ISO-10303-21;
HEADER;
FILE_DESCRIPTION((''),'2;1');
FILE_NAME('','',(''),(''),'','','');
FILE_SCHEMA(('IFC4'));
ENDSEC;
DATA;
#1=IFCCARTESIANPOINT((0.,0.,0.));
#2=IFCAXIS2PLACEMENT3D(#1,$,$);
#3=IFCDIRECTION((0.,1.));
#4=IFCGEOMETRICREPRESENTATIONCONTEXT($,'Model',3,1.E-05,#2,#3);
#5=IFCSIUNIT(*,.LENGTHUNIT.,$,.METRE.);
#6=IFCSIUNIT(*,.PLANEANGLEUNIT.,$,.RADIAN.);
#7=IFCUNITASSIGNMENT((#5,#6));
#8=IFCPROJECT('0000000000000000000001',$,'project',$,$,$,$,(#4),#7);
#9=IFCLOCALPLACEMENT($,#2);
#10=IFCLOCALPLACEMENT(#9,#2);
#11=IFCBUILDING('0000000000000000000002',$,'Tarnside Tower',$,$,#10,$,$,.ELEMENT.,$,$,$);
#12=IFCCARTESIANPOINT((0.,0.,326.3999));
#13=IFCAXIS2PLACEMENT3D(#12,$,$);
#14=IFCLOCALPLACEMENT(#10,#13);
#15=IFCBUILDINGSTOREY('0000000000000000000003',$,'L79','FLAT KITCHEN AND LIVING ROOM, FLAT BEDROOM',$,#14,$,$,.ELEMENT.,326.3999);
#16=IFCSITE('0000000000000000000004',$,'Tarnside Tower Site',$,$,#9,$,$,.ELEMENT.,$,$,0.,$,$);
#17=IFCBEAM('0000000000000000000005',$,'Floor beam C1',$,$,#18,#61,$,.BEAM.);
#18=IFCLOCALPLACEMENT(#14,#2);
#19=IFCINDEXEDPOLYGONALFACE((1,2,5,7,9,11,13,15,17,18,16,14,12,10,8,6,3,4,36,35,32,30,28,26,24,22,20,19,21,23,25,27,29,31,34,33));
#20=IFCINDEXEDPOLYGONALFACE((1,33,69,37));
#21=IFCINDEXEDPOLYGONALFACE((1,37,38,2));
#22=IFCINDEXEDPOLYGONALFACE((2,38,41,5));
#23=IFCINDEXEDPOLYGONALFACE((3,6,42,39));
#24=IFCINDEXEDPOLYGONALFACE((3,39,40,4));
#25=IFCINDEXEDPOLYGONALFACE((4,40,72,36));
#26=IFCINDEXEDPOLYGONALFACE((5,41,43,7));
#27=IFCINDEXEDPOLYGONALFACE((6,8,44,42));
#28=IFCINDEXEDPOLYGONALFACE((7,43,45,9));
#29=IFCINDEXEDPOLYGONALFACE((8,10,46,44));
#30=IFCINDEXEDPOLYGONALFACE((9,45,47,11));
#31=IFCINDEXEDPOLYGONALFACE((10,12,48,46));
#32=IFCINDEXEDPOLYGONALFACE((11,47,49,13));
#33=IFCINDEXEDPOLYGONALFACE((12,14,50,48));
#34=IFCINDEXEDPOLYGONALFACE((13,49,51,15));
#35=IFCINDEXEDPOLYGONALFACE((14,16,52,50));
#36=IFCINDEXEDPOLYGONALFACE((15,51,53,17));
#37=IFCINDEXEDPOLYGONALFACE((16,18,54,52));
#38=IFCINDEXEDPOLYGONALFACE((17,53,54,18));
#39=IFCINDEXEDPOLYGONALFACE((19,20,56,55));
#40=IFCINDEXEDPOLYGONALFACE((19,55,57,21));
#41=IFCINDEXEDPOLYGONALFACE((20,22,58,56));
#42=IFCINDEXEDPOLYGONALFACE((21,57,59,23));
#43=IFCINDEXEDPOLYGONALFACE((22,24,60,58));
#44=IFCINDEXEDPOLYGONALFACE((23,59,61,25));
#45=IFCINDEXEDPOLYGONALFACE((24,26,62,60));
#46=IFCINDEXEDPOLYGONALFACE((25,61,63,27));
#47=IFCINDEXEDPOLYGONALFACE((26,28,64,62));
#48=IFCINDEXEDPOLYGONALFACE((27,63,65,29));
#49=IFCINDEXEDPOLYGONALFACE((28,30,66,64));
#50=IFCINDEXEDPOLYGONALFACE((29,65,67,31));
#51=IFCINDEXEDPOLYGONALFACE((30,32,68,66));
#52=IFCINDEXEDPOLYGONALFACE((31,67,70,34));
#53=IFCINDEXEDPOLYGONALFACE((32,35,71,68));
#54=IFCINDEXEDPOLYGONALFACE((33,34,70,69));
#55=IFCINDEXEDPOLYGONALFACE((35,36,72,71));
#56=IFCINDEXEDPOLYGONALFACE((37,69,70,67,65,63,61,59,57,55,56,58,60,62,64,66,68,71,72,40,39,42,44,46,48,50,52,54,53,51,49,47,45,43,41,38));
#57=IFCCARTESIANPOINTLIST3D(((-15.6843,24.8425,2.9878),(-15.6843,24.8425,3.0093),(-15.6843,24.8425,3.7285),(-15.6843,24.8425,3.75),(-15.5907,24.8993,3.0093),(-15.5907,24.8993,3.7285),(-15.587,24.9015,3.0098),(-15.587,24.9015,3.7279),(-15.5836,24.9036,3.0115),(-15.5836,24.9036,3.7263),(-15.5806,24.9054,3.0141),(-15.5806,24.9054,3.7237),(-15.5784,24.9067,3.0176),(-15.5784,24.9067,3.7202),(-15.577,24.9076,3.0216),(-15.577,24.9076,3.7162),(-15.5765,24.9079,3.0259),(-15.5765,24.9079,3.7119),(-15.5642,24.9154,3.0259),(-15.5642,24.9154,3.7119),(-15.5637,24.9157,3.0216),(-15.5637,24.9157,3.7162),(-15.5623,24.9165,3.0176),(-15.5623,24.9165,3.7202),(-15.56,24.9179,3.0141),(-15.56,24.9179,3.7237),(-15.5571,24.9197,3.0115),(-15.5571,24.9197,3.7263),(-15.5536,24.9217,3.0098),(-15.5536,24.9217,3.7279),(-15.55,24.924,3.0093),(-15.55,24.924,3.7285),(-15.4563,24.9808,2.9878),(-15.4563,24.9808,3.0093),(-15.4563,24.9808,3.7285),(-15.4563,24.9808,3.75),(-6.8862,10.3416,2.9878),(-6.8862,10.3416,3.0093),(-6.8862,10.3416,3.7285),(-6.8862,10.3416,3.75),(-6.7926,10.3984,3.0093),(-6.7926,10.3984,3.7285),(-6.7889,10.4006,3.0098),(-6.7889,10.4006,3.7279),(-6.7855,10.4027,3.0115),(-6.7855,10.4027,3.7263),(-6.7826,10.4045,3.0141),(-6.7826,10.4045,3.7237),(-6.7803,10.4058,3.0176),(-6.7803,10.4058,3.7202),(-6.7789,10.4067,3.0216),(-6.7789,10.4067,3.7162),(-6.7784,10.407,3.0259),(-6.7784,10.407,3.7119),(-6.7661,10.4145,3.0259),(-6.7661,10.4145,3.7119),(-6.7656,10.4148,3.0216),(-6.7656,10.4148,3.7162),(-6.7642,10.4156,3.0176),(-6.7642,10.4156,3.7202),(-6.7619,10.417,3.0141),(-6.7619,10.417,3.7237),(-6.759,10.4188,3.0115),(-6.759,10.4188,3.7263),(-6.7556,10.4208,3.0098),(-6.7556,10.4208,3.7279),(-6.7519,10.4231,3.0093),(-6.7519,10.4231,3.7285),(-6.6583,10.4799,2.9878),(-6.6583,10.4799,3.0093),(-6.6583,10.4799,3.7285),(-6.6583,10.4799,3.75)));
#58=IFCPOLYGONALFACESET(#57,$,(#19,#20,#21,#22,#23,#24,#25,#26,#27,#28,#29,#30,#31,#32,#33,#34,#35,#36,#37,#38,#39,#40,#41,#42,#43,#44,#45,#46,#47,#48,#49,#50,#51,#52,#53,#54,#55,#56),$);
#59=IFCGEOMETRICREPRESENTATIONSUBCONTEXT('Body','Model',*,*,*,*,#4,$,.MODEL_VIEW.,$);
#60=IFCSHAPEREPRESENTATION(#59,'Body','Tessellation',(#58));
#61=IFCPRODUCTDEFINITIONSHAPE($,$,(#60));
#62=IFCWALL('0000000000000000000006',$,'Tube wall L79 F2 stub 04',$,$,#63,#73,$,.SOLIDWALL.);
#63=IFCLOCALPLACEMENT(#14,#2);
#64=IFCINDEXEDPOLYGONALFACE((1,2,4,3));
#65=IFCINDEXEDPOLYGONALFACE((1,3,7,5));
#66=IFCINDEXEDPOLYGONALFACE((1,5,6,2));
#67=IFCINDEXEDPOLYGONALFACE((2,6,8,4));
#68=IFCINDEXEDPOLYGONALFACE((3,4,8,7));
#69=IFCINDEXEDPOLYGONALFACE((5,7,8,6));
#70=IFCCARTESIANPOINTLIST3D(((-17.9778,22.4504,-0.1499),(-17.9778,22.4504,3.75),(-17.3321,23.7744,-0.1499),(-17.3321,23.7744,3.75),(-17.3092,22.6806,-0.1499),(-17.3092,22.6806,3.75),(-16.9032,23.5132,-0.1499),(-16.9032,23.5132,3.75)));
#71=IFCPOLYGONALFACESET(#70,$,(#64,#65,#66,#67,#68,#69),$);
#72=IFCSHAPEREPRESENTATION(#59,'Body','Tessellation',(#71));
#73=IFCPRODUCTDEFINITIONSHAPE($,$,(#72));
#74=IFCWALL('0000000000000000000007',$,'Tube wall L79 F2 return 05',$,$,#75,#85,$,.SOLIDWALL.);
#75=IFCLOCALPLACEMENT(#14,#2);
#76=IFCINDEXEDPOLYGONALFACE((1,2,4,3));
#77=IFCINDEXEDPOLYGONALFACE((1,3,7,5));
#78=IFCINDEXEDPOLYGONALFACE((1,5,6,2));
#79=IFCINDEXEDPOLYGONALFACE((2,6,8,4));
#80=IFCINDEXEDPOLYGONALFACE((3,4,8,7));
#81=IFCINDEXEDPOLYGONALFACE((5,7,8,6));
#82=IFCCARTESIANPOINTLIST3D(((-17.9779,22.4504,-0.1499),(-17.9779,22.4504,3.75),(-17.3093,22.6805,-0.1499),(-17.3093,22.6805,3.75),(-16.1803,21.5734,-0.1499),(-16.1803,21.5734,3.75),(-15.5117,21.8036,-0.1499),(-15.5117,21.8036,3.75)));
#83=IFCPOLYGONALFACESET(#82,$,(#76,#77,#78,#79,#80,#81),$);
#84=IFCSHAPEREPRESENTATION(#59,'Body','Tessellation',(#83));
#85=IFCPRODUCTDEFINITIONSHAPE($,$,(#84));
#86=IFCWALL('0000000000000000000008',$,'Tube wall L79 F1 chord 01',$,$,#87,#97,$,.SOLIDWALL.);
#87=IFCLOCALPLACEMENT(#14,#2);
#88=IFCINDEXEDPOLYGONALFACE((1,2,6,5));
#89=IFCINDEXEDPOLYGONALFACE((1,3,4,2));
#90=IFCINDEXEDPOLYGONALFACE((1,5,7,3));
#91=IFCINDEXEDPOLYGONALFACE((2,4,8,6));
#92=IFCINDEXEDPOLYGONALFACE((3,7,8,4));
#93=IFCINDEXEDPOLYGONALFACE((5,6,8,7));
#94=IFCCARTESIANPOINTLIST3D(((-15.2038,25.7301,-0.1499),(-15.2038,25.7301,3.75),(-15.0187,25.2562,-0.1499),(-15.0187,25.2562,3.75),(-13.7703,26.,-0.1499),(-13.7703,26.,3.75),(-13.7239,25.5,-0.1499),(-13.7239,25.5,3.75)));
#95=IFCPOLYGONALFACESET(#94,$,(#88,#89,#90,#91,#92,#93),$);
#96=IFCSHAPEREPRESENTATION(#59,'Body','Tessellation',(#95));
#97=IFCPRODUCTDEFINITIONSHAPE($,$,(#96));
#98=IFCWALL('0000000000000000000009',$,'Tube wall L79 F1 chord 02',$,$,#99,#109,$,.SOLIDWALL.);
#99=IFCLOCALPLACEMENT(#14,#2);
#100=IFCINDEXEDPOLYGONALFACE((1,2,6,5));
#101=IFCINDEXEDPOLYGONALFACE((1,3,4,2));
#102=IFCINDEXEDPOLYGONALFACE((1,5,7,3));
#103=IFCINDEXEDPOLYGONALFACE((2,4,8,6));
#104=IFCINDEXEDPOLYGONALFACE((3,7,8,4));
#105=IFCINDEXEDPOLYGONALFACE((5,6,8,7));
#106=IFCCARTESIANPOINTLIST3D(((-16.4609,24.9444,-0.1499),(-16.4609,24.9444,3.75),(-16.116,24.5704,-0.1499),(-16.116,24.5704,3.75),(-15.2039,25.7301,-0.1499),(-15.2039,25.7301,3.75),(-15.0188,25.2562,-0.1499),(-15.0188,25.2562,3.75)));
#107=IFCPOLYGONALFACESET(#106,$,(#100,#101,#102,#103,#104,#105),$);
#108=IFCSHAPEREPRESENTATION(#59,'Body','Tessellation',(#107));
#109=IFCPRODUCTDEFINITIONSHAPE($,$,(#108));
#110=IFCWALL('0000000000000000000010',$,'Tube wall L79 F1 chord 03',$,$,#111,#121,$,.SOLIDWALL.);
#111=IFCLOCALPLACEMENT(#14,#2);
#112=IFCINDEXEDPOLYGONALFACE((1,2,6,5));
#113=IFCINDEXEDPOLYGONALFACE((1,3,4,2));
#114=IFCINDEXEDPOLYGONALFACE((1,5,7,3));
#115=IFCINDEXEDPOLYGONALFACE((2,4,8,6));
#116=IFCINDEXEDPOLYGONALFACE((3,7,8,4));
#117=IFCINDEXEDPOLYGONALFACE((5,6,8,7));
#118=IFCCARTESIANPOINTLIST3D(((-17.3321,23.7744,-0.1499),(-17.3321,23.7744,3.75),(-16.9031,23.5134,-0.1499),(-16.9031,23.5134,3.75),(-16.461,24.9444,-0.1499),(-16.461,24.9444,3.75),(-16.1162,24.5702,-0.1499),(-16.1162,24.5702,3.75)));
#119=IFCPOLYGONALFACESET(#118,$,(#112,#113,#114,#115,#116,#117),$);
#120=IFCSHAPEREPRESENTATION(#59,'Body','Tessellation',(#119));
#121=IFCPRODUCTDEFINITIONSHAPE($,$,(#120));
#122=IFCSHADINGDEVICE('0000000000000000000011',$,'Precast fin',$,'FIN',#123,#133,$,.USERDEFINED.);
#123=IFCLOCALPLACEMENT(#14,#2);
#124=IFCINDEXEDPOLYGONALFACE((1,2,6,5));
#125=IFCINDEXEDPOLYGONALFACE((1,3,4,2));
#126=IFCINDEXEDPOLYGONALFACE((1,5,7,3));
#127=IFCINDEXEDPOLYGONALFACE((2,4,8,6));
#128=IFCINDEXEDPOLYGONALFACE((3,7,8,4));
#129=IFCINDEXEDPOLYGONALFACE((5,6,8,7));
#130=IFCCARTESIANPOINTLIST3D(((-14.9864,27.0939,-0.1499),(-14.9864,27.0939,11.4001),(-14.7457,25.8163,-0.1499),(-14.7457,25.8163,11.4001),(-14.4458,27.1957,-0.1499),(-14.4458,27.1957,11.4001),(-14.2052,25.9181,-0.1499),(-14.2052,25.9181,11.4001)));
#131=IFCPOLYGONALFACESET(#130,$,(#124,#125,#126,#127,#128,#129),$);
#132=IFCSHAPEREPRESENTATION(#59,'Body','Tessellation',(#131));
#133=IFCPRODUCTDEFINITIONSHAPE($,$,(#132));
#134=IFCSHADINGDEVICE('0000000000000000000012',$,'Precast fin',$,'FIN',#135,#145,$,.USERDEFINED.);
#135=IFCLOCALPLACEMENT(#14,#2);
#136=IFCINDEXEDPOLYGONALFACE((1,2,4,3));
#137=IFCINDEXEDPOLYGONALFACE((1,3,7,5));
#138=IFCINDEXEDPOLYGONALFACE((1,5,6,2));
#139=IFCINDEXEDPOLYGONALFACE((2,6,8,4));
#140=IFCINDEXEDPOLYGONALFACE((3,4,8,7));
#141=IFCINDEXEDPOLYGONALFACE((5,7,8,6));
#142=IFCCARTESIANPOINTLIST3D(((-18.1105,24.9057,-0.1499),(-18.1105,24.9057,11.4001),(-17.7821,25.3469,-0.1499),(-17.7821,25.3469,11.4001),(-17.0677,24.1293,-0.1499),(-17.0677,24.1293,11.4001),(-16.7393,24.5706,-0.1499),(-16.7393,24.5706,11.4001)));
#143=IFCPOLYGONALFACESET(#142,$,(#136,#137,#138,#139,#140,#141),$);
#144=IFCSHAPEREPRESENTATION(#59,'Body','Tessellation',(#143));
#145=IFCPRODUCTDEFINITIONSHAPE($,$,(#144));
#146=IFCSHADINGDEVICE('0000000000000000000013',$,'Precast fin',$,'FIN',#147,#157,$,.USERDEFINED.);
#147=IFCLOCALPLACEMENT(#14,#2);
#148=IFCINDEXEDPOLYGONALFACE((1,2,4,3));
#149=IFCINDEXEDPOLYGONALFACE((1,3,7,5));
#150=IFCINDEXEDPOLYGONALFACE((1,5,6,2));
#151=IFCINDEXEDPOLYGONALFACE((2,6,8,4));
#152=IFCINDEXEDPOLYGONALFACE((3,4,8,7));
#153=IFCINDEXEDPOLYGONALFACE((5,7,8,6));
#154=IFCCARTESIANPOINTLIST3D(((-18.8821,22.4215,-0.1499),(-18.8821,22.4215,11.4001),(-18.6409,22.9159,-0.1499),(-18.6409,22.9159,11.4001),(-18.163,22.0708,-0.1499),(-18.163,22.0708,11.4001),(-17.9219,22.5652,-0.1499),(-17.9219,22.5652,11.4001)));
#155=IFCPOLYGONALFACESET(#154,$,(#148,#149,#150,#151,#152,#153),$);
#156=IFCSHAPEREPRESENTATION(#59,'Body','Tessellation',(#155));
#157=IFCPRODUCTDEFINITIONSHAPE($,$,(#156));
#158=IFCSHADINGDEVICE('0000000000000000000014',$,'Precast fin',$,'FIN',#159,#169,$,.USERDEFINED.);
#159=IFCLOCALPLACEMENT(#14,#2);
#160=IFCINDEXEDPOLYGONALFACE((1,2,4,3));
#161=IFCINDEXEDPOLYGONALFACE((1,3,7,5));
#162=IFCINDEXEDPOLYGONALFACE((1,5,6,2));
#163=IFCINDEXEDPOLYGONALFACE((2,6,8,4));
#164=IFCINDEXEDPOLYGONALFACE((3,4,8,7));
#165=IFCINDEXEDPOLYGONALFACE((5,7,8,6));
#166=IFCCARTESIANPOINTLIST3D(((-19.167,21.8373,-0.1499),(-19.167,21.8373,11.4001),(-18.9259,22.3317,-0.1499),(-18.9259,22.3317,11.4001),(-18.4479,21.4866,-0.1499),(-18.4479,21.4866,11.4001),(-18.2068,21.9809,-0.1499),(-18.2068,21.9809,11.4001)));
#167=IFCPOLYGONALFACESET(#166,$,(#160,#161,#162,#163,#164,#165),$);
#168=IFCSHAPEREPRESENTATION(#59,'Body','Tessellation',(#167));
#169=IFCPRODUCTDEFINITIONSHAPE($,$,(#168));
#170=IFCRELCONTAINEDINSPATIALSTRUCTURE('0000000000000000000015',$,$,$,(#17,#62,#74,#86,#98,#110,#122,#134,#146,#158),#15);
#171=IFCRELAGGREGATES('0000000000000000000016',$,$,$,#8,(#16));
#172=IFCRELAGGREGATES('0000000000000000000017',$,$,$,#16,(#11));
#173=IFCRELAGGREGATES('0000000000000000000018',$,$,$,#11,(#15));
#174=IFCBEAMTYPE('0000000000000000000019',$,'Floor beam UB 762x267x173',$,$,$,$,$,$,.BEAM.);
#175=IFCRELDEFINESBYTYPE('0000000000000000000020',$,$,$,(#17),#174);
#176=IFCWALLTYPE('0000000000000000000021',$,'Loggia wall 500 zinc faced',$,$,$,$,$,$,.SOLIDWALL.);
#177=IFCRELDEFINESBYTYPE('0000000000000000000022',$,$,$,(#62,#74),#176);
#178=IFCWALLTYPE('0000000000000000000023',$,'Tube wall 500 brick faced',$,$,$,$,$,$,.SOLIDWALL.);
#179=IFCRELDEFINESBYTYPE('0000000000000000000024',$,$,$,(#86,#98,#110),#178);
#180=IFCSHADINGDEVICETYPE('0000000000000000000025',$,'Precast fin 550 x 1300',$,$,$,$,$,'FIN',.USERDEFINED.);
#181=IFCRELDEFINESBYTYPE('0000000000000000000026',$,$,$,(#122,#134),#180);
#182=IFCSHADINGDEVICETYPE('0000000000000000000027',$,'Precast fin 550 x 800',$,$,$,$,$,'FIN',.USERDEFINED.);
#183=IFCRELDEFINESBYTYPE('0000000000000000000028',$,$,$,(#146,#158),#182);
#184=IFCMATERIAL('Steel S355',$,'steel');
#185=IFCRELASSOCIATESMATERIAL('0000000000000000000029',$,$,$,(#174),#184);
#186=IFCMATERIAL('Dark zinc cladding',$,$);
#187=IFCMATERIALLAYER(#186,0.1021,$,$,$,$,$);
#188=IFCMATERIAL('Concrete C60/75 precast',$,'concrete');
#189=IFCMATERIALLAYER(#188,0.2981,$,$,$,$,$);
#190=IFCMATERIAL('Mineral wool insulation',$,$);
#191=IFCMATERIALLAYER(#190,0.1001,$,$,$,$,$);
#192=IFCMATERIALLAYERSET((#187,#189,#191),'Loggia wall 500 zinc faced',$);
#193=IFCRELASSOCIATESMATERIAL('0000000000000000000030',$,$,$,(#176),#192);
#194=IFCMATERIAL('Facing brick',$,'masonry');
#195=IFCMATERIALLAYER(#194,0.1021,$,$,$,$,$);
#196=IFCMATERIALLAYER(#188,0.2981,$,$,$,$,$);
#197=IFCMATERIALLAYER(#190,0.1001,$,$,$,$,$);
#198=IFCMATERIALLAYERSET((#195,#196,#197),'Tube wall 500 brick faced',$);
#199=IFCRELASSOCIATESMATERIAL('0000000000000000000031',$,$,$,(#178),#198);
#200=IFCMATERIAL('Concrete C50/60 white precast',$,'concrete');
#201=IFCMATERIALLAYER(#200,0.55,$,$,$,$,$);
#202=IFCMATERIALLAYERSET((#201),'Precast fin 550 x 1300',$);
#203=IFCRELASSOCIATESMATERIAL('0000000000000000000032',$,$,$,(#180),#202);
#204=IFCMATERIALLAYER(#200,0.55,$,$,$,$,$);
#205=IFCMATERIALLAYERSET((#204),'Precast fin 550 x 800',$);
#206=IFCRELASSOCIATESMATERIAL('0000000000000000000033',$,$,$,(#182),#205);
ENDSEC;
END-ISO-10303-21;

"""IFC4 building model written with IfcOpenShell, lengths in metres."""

from ifc_helpers import new_model, si_unit, direction, frame, origin, origin_2d, place, context, subcontext, project, spatial, polyline, i_section, outline, extrude, material, layer, layer_set, material_profile, profile_set, type_object, element, save


model = new_model("IFC4")

# Units and contexts
model_context = context("Model", 3, precision=1e-05, world=origin(), true_north=direction((0.0, 1.0)))
body_context = subcontext(model_context, "Body", "Model", "MODEL_VIEW")
ifc_project = project(units=[si_unit("LENGTHUNIT", "METRE"), si_unit("PLANEANGLEUNIT", "RADIAN")], contexts=[model_context])

# Site, building, storey
site_placement = place(None, origin())
site = spatial("IfcSite", under=ifc_project, at=site_placement, Name="Tarnside Tower Site", CompositionType="ELEMENT", RefElevation=0.0)
building_placement = place(site_placement, origin())
building = spatial("IfcBuilding", under=site, at=building_placement, Name="Tarnside Tower", CompositionType="ELEMENT")
storey_placement = place(building_placement, frame((0.0, 0.0, 326.3999)))
storey = spatial("IfcBuildingStorey", under=building, at=storey_placement, Name="L79", Description="FLAT KITCHEN AND LIVING ROOM, FLAT BEDROOM", CompositionType="ELEMENT", Elevation=326.3999)

# Beam
ifc_material_1 = material(Name="Steel S355", Category="steel")
ifc_material_profile = material_profile(ifc_material_1, i_section(OverallWidth=0.2666, OverallDepth=0.7622, WebThickness=0.0144, FlangeThickness=0.0215, FilletRadius=0.0166, at=origin_2d()), Name="UB 762x267x173")
ifc_profile_set = profile_set([ifc_material_profile], Name="Steel S355")
beam_type = type_object("IfcBeamType", Name="Floor beam UB 762x267x173", PredefinedType="BEAM", material=ifc_profile_set)
beam_placement = place(storey_placement, frame((-15.5703, 24.9116, 3.3689), z_axis=(0.518717, -0.854946, 0.0), x_axis=(0.854946, 0.518717, 0.0)))
element("IfcBeam", 1, at=beam_placement, inside=storey, type_object=beam_type, Name="Floor beam C1", PredefinedType="BEAM", context=body_context, shape_type="SweptSolid", body=[
    extrude(i_section(OverallWidth=0.2666, OverallDepth=0.7622, WebThickness=0.0144, FlangeThickness=0.0215, FilletRadius=0.0166, at=origin_2d()), origin(), (0.0, 0.0, 1.0), 16.9612),
])

# Walls
ifc_material_2 = material(Name="Dark zinc cladding")
ifc_layer_1 = layer(ifc_material_2, 0.1021)
ifc_material_3 = material(Name="Concrete C60/75 precast", Category="concrete")
ifc_layer_2 = layer(ifc_material_3, 0.2981)
ifc_material_4 = material(Name="Mineral wool insulation")
ifc_layer_3 = layer(ifc_material_4, 0.1001)
ifc_layer_set_1 = layer_set([ifc_layer_1, ifc_layer_2, ifc_layer_3], Name="Loggia wall 500 zinc faced")
wall_type_1 = type_object("IfcWallType", Name="Loggia wall 500 zinc faced", PredefinedType="SOLIDWALL", material=ifc_layer_set_1)
wall_1_placement = place(storey_placement, frame((-17.1177, 23.6438, -0.1499), z_axis=(0.0, 0.0, 1.0), x_axis=(-0.438319, -0.898819, 0.0)))
element("IfcWall", 2, at=wall_1_placement, inside=storey, type_object=wall_type_1, Name="Tube wall L79 F2 stub 04", PredefinedType="SOLIDWALL", context=body_context, shape_type="SweptSolid", body=[
    extrude(outline(polyline([(-0.0234, -0.25), (1.4497, -0.25), (0.9497, 0.25), (0.0234, 0.25), (-0.0234, -0.25)])), origin(), (0.0, 0.0, 1.0), 3.8999),
])
wall_2_placement = place(storey_placement, frame((-17.6436, 22.5654, -0.1499), z_axis=(0.0, 0.0, 1.0), x_axis=(0.898754, -0.438452, 0.0)))
element("IfcWall", 3, at=wall_2_placement, inside=storey, type_object=wall_type_1, Name="Tube wall L79 F2 return 05", PredefinedType="SOLIDWALL", context=body_context, shape_type="SweptSolid", body=[
    extrude(outline(polyline([(-0.25, -0.25), (1.75, -0.25), (2.25, 0.25), (0.25, 0.25), (-0.25, -0.25)])), origin(), (0.0, 0.0, 1.0), 3.8999),
])

# Walls
ifc_material_5 = material(Name="Facing brick", Category="masonry")
ifc_layer_4 = layer(ifc_material_5, 0.1021)
ifc_layer_5 = layer(ifc_material_3, 0.2981)
ifc_layer_6 = layer(ifc_material_4, 0.1001)
ifc_layer_set_2 = layer_set([ifc_layer_4, ifc_layer_5, ifc_layer_6], Name="Tube wall 500 brick faced")
wall_type_2 = type_object("IfcWallType", Name="Tube wall 500 brick faced", PredefinedType="SOLIDWALL", material=ifc_layer_set_2)
wall_3_placement = place(storey_placement, frame((-13.7471, 25.75, -0.1499), z_axis=(0.0, 0.0, 1.0), x_axis=(-0.982737, -0.185011, 0.0)))
element("IfcWall", 4, at=wall_3_placement, inside=storey, type_object=wall_type_2, Name="Tube wall L79 F1 chord 01", PredefinedType="SOLIDWALL", context=body_context, shape_type="SweptSolid", body=[
    extrude(outline(polyline([(-0.0234, -0.25), (1.4353, -0.25), (1.3411, 0.25), (0.0234, 0.25), (-0.0234, -0.25)])), origin(), (0.0, 0.0, 1.0), 3.8999),
])
wall_4_placement = place(storey_placement, frame((-15.1113, 25.4932, -0.1499), z_axis=(0.0, 0.0, 1.0), x_axis=(-0.847979, -0.530031, 0.0)))
element("IfcWall", 5, at=wall_4_placement, inside=storey, type_object=wall_type_2, Name="Tube wall L79 F1 chord 02", PredefinedType="SOLIDWALL", context=body_context, shape_type="SweptSolid", body=[
    extrude(outline(polyline([(-0.0471, -0.25), (1.4353, -0.25), (1.3411, 0.25), (0.0471, 0.25), (-0.0471, -0.25)])), origin(), (0.0, 0.0, 1.0), 3.8999),
])
wall_5_placement = place(storey_placement, frame((-16.2886, 24.7573, -0.1499), z_axis=(0.0, 0.0, 1.0), x_axis=(-0.597211, -0.802084, 0.0)))
element("IfcWall", 6, at=wall_5_placement, inside=storey, type_object=wall_type_2, Name="Tube wall L79 F1 chord 03", PredefinedType="SOLIDWALL", context=body_context, shape_type="SweptSolid", body=[
    extrude(outline(polyline([(-0.0471, -0.25), (1.4116, -0.25), (1.3647, 0.25), (0.0471, 0.25), (-0.0471, -0.25)])), origin(), (0.0, 0.0, 1.0), 3.8999),
])

# Shading devices
ifc_material_6 = material(Name="Concrete C50/60 white precast", Category="concrete")
ifc_layer_7 = layer(ifc_material_6, 0.55)
ifc_layer_set_3 = layer_set([ifc_layer_7], Name="Precast fin 550 x 1300")
shading_device_type_1 = type_object("IfcShadingDeviceType", Name="Precast fin 550 x 1300", ElementType="FIN", PredefinedType="USERDEFINED", material=ifc_layer_set_3)
for number, where, z_axis, x_axis, name in (
    (7, (-14.4756, 25.8672, -0.1499), (0.982721, 0.185095, 0.0), (-0.185095, 0.982721, 0.0), "Precast fin"),
    (8, (-16.9036, 24.3499, -0.1499), (0.597159, 0.802123, 0.0), (-0.802123, 0.597159, 0.0), "Precast fin"),
):
    element("IfcShadingDevice", number, at=place(storey_placement, frame(where, z_axis=z_axis, x_axis=x_axis)), inside=storey, type_object=shading_device_type_1, Name=name, ObjectType="FIN", PredefinedType="USERDEFINED", context=body_context, shape_type="SweptSolid", body=[
        extrude(outline(polyline([(0.0, 0.0), (1.3, 0.0), (1.3, 11.55), (0.0, 11.55), (0.0, 0.0)])), frame((0.0, 0.0, -0.2749)), (0.0, 0.0, 1.0), 0.55),
    ])
ifc_layer_8 = layer(ifc_material_6, 0.55)
ifc_layer_set_4 = layer_set([ifc_layer_8], Name="Precast fin 550 x 800")
shading_device_type_2 = type_object("IfcShadingDeviceType", Name="Precast fin 550 x 800", ElementType="FIN", PredefinedType="USERDEFINED", material=ifc_layer_set_4)
for number, where, z_axis, x_axis, name in (
    (9, (-18.0425, 22.3179, -0.1499), (0.438371, 0.898794, 0.0), (-0.898794, 0.438371, 0.0), "Precast fin"),
    (10, (-18.3274, 21.7336, -0.1499), (0.438371, 0.898794, 0.0), (-0.898794, 0.438371, 0.0), "Precast fin"),
):
    element("IfcShadingDevice", number, at=place(storey_placement, frame(where, z_axis=z_axis, x_axis=x_axis)), inside=storey, type_object=shading_device_type_2, Name=name, ObjectType="FIN", PredefinedType="USERDEFINED", context=body_context, shape_type="SweptSolid", body=[
        extrude(outline(polyline([(0.0, 0.0), (0.8, 0.0), (0.8, 11.55), (0.0, 11.55), (0.0, 0.0)])), frame((0.0, 0.0, -0.2749)), (0.0, 0.0, 1.0), 0.55),
    ])

save(model, "model.ifc")
